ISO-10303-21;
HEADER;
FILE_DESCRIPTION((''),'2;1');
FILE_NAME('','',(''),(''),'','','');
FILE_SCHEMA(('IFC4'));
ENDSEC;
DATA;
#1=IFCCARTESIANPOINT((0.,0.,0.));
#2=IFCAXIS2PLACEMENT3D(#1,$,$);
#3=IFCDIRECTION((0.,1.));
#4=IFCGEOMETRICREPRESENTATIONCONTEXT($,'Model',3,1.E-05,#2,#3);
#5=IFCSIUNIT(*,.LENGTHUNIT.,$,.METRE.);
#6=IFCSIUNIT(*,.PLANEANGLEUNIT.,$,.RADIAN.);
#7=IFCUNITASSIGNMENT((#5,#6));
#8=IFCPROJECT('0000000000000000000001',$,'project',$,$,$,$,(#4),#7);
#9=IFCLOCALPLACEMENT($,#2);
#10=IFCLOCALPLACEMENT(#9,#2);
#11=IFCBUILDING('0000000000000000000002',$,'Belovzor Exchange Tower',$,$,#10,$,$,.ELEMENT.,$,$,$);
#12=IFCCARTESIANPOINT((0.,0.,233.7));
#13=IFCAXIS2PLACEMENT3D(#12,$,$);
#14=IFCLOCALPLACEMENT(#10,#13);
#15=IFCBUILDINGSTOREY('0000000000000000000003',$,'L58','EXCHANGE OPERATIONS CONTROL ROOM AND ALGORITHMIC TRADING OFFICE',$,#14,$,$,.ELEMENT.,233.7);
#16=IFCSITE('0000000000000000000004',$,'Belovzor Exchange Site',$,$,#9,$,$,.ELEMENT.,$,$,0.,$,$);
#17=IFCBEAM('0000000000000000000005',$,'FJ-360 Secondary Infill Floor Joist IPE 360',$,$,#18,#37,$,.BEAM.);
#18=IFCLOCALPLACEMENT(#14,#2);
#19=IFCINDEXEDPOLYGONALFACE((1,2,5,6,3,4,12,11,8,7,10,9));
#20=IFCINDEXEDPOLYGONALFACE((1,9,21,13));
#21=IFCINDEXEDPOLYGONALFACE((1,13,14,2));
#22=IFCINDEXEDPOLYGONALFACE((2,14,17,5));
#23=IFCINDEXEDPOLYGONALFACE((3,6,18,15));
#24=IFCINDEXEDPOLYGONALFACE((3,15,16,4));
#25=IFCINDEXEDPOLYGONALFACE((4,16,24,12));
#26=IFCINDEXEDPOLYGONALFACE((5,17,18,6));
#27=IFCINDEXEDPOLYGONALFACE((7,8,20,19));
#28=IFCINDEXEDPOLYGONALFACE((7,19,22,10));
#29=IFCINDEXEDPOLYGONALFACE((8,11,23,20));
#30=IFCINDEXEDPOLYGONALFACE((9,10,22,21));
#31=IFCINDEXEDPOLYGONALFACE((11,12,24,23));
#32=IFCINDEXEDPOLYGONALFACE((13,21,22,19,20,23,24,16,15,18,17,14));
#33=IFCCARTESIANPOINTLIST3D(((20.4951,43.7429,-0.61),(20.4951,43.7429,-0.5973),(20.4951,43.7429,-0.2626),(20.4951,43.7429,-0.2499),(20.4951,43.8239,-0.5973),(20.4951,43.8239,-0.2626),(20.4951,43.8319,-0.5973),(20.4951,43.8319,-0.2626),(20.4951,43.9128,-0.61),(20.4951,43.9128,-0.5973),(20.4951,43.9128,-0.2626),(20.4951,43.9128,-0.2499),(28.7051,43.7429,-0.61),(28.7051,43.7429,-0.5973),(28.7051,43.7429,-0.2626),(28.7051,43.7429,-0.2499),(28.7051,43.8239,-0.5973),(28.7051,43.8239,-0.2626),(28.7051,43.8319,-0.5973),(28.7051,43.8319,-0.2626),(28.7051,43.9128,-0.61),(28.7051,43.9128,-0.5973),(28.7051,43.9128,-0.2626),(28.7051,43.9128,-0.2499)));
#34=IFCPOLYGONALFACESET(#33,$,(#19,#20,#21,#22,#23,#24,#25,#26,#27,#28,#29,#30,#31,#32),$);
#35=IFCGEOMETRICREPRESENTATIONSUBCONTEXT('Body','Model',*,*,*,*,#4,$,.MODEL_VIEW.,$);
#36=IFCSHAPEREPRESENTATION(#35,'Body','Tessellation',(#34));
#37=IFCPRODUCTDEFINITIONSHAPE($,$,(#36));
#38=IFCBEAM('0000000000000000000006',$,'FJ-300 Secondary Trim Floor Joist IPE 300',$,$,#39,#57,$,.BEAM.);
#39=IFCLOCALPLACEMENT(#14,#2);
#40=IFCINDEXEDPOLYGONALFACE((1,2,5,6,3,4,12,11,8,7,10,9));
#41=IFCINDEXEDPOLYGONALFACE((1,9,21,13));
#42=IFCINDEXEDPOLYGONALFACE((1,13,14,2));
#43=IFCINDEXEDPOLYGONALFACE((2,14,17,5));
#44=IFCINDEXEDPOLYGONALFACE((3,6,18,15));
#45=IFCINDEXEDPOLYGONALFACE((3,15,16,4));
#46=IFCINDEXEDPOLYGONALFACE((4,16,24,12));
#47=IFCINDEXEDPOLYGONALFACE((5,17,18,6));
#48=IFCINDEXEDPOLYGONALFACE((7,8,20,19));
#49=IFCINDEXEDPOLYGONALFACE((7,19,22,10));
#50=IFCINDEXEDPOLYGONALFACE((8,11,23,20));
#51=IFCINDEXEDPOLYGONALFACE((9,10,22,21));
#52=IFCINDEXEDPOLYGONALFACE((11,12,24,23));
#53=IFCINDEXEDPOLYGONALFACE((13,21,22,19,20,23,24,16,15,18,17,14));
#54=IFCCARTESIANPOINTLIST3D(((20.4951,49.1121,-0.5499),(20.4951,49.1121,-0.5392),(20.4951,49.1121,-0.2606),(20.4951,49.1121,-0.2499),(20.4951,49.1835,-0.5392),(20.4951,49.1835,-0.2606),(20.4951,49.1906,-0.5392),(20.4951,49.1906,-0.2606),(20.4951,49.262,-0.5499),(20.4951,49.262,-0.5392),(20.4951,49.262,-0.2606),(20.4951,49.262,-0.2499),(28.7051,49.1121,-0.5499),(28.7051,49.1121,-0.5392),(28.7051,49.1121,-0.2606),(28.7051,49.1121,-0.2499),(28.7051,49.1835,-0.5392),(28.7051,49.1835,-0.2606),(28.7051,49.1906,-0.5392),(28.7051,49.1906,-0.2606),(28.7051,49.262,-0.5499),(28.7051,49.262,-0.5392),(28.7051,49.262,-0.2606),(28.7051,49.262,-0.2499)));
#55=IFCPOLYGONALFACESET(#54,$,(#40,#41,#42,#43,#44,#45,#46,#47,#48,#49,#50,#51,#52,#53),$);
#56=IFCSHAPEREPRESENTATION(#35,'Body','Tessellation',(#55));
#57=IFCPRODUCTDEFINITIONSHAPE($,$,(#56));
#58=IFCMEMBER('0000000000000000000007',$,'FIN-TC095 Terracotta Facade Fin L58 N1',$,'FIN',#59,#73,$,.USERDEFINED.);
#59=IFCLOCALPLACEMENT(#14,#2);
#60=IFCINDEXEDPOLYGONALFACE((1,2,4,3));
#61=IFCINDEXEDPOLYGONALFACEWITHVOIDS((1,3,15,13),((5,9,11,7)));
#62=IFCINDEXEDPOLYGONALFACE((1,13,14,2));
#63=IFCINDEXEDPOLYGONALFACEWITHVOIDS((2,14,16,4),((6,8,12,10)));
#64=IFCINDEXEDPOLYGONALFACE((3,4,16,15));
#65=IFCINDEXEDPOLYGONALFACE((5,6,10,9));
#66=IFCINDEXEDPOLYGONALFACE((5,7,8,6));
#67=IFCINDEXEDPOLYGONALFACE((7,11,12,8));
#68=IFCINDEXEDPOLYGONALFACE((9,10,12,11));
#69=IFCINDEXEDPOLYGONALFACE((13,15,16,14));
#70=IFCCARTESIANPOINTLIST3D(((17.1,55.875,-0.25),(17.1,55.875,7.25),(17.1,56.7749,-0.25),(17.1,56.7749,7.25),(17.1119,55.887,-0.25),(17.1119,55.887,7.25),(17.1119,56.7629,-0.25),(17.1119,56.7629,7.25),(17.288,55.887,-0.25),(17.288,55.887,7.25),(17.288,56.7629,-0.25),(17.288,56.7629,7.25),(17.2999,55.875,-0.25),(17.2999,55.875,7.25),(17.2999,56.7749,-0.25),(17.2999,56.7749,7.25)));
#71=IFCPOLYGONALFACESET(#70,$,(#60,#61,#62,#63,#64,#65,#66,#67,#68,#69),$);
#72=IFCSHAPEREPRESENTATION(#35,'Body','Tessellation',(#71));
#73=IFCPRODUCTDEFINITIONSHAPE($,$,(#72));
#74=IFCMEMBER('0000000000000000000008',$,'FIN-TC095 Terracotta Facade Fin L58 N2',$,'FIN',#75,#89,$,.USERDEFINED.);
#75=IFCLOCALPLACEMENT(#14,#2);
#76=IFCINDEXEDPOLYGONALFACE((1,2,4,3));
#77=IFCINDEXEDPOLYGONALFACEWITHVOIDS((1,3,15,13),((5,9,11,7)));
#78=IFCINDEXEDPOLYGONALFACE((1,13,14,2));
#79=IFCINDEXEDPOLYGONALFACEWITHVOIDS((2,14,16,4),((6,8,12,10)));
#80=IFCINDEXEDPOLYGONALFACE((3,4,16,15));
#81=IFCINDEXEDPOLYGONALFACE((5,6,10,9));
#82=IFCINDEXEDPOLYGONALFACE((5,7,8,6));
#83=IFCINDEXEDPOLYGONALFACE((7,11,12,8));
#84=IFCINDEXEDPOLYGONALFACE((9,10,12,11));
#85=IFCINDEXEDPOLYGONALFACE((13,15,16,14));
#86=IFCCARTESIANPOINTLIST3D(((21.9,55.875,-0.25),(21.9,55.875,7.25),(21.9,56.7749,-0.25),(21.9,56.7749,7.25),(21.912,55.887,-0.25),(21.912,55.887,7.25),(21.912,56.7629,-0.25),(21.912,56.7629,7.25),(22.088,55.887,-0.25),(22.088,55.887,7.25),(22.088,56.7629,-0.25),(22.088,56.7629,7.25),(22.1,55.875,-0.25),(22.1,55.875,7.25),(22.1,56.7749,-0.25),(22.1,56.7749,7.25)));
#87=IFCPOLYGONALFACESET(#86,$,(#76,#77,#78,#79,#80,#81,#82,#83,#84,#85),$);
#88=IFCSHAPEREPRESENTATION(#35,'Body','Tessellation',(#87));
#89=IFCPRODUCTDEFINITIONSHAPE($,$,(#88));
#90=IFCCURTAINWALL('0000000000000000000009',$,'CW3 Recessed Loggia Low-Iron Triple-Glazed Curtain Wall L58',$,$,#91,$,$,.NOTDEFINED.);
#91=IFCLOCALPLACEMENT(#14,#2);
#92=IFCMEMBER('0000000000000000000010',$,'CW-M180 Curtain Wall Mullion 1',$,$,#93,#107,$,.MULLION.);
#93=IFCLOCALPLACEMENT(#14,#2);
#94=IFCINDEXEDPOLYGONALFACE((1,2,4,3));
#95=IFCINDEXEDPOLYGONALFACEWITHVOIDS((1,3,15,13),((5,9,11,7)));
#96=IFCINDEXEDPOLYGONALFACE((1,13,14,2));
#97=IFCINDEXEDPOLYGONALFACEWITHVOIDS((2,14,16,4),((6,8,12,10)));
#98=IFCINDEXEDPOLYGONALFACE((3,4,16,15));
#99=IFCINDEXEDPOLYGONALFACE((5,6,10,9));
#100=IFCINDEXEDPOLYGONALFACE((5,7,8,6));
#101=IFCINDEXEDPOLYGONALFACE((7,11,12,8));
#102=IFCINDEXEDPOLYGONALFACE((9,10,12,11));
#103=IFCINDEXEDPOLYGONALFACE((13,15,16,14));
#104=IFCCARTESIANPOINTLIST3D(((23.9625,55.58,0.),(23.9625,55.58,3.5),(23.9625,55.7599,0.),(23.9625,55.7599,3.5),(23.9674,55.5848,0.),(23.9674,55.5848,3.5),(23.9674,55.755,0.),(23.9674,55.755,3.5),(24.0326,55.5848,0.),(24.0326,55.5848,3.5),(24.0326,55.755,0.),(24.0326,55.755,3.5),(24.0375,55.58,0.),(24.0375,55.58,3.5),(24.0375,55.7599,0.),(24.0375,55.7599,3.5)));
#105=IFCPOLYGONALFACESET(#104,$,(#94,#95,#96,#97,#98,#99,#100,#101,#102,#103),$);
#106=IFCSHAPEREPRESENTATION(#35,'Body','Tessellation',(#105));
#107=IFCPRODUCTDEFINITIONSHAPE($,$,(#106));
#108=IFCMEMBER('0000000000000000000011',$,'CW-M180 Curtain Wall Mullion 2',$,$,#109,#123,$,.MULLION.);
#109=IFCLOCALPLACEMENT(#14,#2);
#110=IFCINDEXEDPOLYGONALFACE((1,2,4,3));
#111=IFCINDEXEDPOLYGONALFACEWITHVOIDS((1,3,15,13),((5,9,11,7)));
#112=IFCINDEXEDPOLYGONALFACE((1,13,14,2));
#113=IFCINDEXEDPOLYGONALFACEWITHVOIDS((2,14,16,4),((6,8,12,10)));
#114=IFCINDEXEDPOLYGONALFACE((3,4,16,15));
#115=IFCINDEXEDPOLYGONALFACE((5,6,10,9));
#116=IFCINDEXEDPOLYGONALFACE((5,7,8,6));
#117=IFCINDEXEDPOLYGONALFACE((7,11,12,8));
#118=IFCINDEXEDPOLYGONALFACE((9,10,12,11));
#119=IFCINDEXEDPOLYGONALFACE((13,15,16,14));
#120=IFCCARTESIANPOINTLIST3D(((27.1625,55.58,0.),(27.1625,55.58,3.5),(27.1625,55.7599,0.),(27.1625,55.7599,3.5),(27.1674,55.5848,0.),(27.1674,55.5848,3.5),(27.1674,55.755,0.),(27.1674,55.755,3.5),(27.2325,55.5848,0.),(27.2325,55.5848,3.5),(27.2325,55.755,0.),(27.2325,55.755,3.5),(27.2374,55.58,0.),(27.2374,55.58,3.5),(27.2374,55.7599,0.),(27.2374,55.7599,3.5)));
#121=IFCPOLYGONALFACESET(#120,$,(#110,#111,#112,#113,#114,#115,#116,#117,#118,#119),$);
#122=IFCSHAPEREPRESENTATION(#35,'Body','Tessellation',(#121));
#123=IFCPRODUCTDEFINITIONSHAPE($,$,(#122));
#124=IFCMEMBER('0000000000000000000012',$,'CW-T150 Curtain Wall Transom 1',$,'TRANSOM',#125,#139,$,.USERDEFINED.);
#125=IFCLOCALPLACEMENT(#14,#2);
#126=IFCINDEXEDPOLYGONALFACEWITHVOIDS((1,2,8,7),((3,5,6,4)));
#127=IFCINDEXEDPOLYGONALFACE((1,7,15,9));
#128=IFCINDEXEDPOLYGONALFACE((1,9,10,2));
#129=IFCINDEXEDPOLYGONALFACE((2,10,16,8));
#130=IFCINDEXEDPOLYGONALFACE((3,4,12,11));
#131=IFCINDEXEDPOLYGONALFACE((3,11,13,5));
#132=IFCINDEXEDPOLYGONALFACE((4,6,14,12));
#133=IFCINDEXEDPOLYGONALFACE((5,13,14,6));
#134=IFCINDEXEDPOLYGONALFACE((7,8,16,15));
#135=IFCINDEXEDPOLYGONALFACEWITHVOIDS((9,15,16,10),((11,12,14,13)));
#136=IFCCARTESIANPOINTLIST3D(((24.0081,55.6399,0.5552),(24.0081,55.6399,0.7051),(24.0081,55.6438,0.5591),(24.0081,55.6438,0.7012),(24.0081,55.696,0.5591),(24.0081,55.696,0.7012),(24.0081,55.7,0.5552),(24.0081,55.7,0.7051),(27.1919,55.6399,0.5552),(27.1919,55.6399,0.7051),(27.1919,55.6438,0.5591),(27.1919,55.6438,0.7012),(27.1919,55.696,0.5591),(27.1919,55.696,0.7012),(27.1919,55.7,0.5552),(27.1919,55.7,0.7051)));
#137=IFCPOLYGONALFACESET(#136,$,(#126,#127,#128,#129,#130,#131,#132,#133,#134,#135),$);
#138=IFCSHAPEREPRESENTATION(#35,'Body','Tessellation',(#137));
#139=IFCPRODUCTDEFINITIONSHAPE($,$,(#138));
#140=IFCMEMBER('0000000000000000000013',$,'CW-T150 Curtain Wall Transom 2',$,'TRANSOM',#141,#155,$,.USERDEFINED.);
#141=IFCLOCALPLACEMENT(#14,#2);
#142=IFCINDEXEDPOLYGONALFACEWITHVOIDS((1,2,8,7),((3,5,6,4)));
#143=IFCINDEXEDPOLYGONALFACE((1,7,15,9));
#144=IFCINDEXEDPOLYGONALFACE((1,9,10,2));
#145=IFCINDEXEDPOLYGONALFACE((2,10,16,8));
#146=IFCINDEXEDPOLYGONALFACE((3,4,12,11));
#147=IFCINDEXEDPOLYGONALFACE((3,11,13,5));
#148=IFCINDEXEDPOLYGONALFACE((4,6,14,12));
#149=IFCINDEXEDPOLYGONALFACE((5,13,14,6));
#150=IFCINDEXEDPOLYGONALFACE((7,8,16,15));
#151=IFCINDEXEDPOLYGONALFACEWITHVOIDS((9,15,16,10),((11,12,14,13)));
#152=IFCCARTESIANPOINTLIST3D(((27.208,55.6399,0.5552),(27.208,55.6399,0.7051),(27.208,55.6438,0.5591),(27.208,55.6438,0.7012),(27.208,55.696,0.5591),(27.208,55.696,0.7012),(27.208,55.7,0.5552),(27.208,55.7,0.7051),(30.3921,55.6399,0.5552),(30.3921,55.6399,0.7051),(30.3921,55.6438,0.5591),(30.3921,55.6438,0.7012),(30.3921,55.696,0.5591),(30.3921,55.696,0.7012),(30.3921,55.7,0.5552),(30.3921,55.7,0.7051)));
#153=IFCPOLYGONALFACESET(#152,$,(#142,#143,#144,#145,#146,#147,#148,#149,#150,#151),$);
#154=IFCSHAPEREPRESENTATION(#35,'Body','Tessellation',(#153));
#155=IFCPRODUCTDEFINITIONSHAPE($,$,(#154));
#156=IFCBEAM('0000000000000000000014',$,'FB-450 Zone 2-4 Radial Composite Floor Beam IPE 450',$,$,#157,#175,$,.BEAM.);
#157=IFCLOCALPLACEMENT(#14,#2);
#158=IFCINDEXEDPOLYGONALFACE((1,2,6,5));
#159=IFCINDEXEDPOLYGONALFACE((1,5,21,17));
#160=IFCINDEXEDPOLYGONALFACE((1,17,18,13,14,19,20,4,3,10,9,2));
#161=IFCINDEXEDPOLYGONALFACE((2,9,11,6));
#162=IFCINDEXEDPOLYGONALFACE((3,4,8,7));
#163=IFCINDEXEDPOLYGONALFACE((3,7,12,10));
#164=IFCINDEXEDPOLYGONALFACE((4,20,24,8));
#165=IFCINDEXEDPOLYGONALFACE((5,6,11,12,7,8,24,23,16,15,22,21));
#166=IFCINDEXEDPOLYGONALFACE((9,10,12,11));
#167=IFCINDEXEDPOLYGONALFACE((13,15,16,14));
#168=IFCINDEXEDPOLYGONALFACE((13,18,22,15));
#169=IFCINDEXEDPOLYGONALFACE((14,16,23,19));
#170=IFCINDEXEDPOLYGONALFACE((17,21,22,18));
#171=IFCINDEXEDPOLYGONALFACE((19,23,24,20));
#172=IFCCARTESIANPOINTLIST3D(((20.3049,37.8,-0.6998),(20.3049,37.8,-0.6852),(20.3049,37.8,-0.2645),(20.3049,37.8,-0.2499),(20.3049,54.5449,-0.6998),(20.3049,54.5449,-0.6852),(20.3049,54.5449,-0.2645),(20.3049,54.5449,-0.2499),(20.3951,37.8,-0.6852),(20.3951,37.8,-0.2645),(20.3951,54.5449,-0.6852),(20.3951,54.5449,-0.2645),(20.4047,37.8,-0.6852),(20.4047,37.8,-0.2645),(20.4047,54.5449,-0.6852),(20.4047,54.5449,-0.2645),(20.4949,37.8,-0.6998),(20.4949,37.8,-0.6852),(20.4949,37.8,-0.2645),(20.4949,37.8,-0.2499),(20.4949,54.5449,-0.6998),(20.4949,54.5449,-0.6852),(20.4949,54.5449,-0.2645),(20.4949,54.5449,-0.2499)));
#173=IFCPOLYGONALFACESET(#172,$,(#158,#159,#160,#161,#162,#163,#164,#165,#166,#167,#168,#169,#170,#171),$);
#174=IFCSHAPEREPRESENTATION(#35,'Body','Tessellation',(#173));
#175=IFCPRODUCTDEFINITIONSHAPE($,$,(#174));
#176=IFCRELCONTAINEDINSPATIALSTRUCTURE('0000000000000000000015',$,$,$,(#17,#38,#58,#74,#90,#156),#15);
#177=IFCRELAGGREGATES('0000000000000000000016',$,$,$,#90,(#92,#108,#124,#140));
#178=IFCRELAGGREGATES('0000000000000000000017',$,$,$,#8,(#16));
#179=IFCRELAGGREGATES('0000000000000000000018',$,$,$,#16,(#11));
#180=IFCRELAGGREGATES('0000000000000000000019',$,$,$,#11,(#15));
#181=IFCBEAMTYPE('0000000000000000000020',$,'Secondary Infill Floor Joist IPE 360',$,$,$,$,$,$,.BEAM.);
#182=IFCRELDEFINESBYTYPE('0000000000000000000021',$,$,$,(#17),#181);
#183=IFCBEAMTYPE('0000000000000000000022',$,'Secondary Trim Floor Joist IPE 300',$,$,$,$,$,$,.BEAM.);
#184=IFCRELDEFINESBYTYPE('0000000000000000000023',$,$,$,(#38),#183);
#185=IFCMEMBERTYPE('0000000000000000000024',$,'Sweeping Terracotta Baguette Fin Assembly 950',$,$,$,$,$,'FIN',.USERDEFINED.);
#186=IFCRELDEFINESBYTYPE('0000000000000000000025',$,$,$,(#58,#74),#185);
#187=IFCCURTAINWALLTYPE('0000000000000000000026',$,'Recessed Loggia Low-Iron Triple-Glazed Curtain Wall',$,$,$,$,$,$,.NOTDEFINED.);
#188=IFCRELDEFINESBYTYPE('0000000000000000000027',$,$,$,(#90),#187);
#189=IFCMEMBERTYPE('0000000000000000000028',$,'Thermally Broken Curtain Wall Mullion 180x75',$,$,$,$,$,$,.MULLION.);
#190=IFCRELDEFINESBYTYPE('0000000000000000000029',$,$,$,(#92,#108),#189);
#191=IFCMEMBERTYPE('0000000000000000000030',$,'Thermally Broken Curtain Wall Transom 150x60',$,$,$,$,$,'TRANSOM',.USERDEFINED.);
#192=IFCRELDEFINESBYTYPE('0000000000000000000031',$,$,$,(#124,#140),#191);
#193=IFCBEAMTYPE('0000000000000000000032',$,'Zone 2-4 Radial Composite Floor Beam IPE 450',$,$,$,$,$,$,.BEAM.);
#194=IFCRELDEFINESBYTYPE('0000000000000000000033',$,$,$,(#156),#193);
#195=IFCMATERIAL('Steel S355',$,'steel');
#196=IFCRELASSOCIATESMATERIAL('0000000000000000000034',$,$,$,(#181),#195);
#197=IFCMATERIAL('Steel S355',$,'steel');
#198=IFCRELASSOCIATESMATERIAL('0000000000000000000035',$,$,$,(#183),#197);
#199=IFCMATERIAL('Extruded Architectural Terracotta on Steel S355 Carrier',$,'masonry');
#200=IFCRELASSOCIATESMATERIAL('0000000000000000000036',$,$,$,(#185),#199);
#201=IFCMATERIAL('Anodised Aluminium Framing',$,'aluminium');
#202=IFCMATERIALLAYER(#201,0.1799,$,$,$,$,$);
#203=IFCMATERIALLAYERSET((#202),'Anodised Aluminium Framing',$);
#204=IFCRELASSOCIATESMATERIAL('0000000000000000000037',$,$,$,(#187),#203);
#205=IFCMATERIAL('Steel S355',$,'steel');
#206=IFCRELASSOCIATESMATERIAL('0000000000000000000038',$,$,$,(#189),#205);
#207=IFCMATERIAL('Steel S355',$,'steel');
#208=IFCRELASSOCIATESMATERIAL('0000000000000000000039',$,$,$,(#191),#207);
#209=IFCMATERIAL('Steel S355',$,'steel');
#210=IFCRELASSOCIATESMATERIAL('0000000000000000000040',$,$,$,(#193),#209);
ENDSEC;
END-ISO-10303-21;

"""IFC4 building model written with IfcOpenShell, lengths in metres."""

from ifc_helpers import new_model, si_unit, direction, frame, origin, origin_2d, place, context, subcontext, project, spatial, hollow_rectangle, i_section, extrude, material, layer, layer_set, material_profile, profile_set, type_object, element, aggregate, save


model = new_model("IFC4")

# Units and contexts
model_context = context("Model", 3, precision=1e-05, world=origin(), true_north=direction((0.0, 1.0)))
body_context = subcontext(model_context, "Body", "Model", "MODEL_VIEW")
ifc_project = project(units=[si_unit("LENGTHUNIT", "METRE"), si_unit("PLANEANGLEUNIT", "RADIAN")], contexts=[model_context])

# Site, building, storey
site_placement = place(None, origin())
site = spatial("IfcSite", under=ifc_project, at=site_placement, Name="Belovzor Exchange Site", CompositionType="ELEMENT", RefElevation=0.0)
building_placement = place(site_placement, origin())
building = spatial("IfcBuilding", under=site, at=building_placement, Name="Belovzor Exchange Tower", CompositionType="ELEMENT")
storey_placement = place(building_placement, frame((0.0, 0.0, 233.7)))
storey = spatial("IfcBuildingStorey", under=building, at=storey_placement, Name="L58", Description="EXCHANGE OPERATIONS CONTROL ROOM AND ALGORITHMIC TRADING OFFICE", CompositionType="ELEMENT", Elevation=233.7)

# Beams
ifc_material_1 = material(Name="Steel S355", Category="steel")
ifc_material_profile_1 = material_profile(ifc_material_1, i_section(OverallWidth=0.1699, OverallDepth=0.3601, WebThickness=0.0081, FlangeThickness=0.0127, at=origin_2d()))
ifc_profile_set_1 = profile_set([ifc_material_profile_1], Name="Steel S355")
beam_type_1 = type_object("IfcBeamType", Name="Secondary Infill Floor Joist IPE 360", PredefinedType="BEAM", material=ifc_profile_set_1)
beam_1_placement = place(storey_placement, frame((20.4951, 43.8279, -0.4299), z_axis=(1.0, 0.0, 0.0), x_axis=(0.0, 1.0, 0.0)))
element("IfcBeam", 1, at=beam_1_placement, inside=storey, type_object=beam_type_1, Name="FJ-360 Secondary Infill Floor Joist IPE 360", PredefinedType="BEAM", context=body_context, shape_type="SweptSolid", body=[
    extrude(i_section(OverallWidth=0.1699, OverallDepth=0.3601, WebThickness=0.0081, FlangeThickness=0.0127, at=origin_2d()), origin(), (0.0, 0.0, 1.0), 8.21),
])
ifc_material_2 = material(Name="Steel S355", Category="steel")
ifc_material_profile_2 = material_profile(ifc_material_2, i_section(OverallWidth=0.1499, OverallDepth=0.3, WebThickness=0.0071, FlangeThickness=0.0107, at=origin_2d()))
ifc_profile_set_2 = profile_set([ifc_material_profile_2], Name="Steel S355")
beam_type_2 = type_object("IfcBeamType", Name="Secondary Trim Floor Joist IPE 300", PredefinedType="BEAM", material=ifc_profile_set_2)
beam_2_placement = place(storey_placement, frame((20.4951, 49.187, -0.3999), z_axis=(1.0, 0.0, 0.0), x_axis=(0.0, 1.0, 0.0)))
element("IfcBeam", 2, at=beam_2_placement, inside=storey, type_object=beam_type_2, Name="FJ-300 Secondary Trim Floor Joist IPE 300", PredefinedType="BEAM", context=body_context, shape_type="SweptSolid", body=[
    extrude(i_section(OverallWidth=0.1499, OverallDepth=0.3, WebThickness=0.0071, FlangeThickness=0.0107, at=origin_2d()), origin(), (0.0, 0.0, 1.0), 8.21),
])

# Members
ifc_material_3 = material(Name="Extruded Architectural Terracotta on Steel S355 Carrier", Category="masonry")
ifc_material_profile_3 = material_profile(ifc_material_3, hollow_rectangle(XDim=0.2, YDim=0.8999, WallThickness=0.012, at=origin_2d()))
ifc_profile_set_3 = profile_set([ifc_material_profile_3], Name="Extruded Architectural Terracotta on Steel S355 Carrier")
member_type_1 = type_object("IfcMemberType", Name="Sweeping Terracotta Baguette Fin Assembly 950", ElementType="FIN", PredefinedType="USERDEFINED", material=ifc_profile_set_3)
for number, where, z_axis, x_axis, name in (
    (3, (17.2, 56.325, -0.25), (0.0, 0.0, 1.0), (1.0, 0.0, 0.0), "FIN-TC095 Terracotta Facade Fin L58 N1"),
    (4, (22.0, 56.325, -0.25), (0.0, 0.0, 1.0), (1.0, 0.0, 0.0), "FIN-TC095 Terracotta Facade Fin L58 N2"),
):
    element("IfcMember", number, at=place(storey_placement, frame(where, z_axis=z_axis, x_axis=x_axis)), inside=storey, type_object=member_type_1, Name=name, ObjectType="FIN", PredefinedType="USERDEFINED", context=body_context, shape_type="SweptSolid", body=[
        extrude(hollow_rectangle(XDim=0.2, YDim=0.8999, WallThickness=0.012, at=origin_2d()), origin(), (0.0, 0.0, 1.0), 7.5),
    ])

# Curtain wall, members
ifc_material_4 = material(Name="Anodised Aluminium Framing", Category="aluminium")
ifc_layer_1 = layer(ifc_material_4, 0.1799)
ifc_layer_set_1 = layer_set([ifc_layer_1], Name="Anodised Aluminium Framing")
curtain_wall_type = type_object("IfcCurtainWallType", Name="Recessed Loggia Low-Iron Triple-Glazed Curtain Wall", PredefinedType="NOTDEFINED", material=ifc_layer_set_1)
curtain_wall_placement = place(storey_placement, origin())
curtain_wall = element("IfcCurtainWall", 5, at=curtain_wall_placement, inside=storey, type_object=curtain_wall_type, Name="CW3 Recessed Loggia Low-Iron Triple-Glazed Curtain Wall L58", PredefinedType="NOTDEFINED")
ifc_material_5 = material(Name="Steel S355", Category="steel")
ifc_material_profile_4 = material_profile(ifc_material_5, hollow_rectangle(XDim=0.075, YDim=0.1799, WallThickness=0.0049, at=origin_2d()))
ifc_profile_set_4 = profile_set([ifc_material_profile_4], Name="Steel S355")
member_type_2 = type_object("IfcMemberType", Name="Thermally Broken Curtain Wall Mullion 180x75", PredefinedType="MULLION", material=ifc_profile_set_4)
member_1_placement = place(storey_placement, frame((24.0, 55.6699, 0.0), z_axis=(0.0, 0.0, 1.0), x_axis=(1.0, 0.0, 0.0)))
member_1 = element("IfcMember", 6, at=member_1_placement, type_object=member_type_2, Name="CW-M180 Curtain Wall Mullion 1", PredefinedType="MULLION", context=body_context, shape_type="SweptSolid", body=[
    extrude(hollow_rectangle(XDim=0.075, YDim=0.1799, WallThickness=0.0049, at=origin_2d()), origin(), (0.0, 0.0, 1.0), 3.5),
])
member_2_placement = place(storey_placement, frame((27.2, 55.6699, 0.0), z_axis=(0.0, 0.0, 1.0), x_axis=(1.0, 0.0, 0.0)))
member_2 = element("IfcMember", 7, at=member_2_placement, type_object=member_type_2, Name="CW-M180 Curtain Wall Mullion 2", PredefinedType="MULLION", context=body_context, shape_type="SweptSolid", body=[
    extrude(hollow_rectangle(XDim=0.075, YDim=0.1799, WallThickness=0.0049, at=origin_2d()), origin(), (0.0, 0.0, 1.0), 3.5),
])
ifc_material_6 = material(Name="Steel S355", Category="steel")
ifc_material_profile_5 = material_profile(ifc_material_6, hollow_rectangle(XDim=0.0601, YDim=0.1499, WallThickness=0.0039, at=origin_2d()))
ifc_profile_set_5 = profile_set([ifc_material_profile_5], Name="Steel S355")
member_type_3 = type_object("IfcMemberType", Name="Thermally Broken Curtain Wall Transom 150x60", ElementType="TRANSOM", PredefinedType="USERDEFINED", material=ifc_profile_set_5)
member_3_placement = place(storey_placement, frame((24.0081, 55.6699, 0.6301), z_axis=(1.0, 0.0, 0.0), x_axis=(0.0, 1.0, 0.0)))
member_3 = element("IfcMember", 8, at=member_3_placement, type_object=member_type_3, Name="CW-T150 Curtain Wall Transom 1", ObjectType="TRANSOM", PredefinedType="USERDEFINED", context=body_context, shape_type="SweptSolid", body=[
    extrude(hollow_rectangle(XDim=0.0601, YDim=0.1499, WallThickness=0.0039, at=origin_2d()), origin(), (0.0, 0.0, 1.0), 3.1838),
])
member_4_placement = place(storey_placement, frame((27.208, 55.6699, 0.6301), z_axis=(1.0, 0.0, 0.0), x_axis=(0.0, 1.0, 0.0)))
member_4 = element("IfcMember", 9, at=member_4_placement, type_object=member_type_3, Name="CW-T150 Curtain Wall Transom 2", ObjectType="TRANSOM", PredefinedType="USERDEFINED", context=body_context, shape_type="SweptSolid", body=[
    extrude(hollow_rectangle(XDim=0.0601, YDim=0.1499, WallThickness=0.0039, at=origin_2d()), origin(), (0.0, 0.0, 1.0), 3.1841),
])

# Beam
ifc_material_7 = material(Name="Steel S355", Category="steel")
ifc_material_profile_6 = material_profile(ifc_material_7, i_section(OverallWidth=0.1899, OverallDepth=0.45, WebThickness=0.0095, FlangeThickness=0.0146, at=origin_2d()))
ifc_profile_set_6 = profile_set([ifc_material_profile_6], Name="Steel S355")
beam_type_3 = type_object("IfcBeamType", Name="Zone 2-4 Radial Composite Floor Beam IPE 450", PredefinedType="BEAM", material=ifc_profile_set_6)
beam_3_placement = place(storey_placement, frame((20.3999, 37.8, -0.4749), z_axis=(0.0, 1.0, 0.0), x_axis=(-1.0, 0.0, 0.0)))
element("IfcBeam", 10, at=beam_3_placement, inside=storey, type_object=beam_type_3, Name="FB-450 Zone 2-4 Radial Composite Floor Beam IPE 450", PredefinedType="BEAM", context=body_context, shape_type="SweptSolid", body=[
    extrude(i_section(OverallWidth=0.1899, OverallDepth=0.45, WebThickness=0.0095, FlangeThickness=0.0146, at=origin_2d()), origin(), (0.0, 0.0, 1.0), 16.7449),
])

aggregate(curtain_wall, [member_1, member_2, member_3, member_4])

save(model, "model.ifc")
